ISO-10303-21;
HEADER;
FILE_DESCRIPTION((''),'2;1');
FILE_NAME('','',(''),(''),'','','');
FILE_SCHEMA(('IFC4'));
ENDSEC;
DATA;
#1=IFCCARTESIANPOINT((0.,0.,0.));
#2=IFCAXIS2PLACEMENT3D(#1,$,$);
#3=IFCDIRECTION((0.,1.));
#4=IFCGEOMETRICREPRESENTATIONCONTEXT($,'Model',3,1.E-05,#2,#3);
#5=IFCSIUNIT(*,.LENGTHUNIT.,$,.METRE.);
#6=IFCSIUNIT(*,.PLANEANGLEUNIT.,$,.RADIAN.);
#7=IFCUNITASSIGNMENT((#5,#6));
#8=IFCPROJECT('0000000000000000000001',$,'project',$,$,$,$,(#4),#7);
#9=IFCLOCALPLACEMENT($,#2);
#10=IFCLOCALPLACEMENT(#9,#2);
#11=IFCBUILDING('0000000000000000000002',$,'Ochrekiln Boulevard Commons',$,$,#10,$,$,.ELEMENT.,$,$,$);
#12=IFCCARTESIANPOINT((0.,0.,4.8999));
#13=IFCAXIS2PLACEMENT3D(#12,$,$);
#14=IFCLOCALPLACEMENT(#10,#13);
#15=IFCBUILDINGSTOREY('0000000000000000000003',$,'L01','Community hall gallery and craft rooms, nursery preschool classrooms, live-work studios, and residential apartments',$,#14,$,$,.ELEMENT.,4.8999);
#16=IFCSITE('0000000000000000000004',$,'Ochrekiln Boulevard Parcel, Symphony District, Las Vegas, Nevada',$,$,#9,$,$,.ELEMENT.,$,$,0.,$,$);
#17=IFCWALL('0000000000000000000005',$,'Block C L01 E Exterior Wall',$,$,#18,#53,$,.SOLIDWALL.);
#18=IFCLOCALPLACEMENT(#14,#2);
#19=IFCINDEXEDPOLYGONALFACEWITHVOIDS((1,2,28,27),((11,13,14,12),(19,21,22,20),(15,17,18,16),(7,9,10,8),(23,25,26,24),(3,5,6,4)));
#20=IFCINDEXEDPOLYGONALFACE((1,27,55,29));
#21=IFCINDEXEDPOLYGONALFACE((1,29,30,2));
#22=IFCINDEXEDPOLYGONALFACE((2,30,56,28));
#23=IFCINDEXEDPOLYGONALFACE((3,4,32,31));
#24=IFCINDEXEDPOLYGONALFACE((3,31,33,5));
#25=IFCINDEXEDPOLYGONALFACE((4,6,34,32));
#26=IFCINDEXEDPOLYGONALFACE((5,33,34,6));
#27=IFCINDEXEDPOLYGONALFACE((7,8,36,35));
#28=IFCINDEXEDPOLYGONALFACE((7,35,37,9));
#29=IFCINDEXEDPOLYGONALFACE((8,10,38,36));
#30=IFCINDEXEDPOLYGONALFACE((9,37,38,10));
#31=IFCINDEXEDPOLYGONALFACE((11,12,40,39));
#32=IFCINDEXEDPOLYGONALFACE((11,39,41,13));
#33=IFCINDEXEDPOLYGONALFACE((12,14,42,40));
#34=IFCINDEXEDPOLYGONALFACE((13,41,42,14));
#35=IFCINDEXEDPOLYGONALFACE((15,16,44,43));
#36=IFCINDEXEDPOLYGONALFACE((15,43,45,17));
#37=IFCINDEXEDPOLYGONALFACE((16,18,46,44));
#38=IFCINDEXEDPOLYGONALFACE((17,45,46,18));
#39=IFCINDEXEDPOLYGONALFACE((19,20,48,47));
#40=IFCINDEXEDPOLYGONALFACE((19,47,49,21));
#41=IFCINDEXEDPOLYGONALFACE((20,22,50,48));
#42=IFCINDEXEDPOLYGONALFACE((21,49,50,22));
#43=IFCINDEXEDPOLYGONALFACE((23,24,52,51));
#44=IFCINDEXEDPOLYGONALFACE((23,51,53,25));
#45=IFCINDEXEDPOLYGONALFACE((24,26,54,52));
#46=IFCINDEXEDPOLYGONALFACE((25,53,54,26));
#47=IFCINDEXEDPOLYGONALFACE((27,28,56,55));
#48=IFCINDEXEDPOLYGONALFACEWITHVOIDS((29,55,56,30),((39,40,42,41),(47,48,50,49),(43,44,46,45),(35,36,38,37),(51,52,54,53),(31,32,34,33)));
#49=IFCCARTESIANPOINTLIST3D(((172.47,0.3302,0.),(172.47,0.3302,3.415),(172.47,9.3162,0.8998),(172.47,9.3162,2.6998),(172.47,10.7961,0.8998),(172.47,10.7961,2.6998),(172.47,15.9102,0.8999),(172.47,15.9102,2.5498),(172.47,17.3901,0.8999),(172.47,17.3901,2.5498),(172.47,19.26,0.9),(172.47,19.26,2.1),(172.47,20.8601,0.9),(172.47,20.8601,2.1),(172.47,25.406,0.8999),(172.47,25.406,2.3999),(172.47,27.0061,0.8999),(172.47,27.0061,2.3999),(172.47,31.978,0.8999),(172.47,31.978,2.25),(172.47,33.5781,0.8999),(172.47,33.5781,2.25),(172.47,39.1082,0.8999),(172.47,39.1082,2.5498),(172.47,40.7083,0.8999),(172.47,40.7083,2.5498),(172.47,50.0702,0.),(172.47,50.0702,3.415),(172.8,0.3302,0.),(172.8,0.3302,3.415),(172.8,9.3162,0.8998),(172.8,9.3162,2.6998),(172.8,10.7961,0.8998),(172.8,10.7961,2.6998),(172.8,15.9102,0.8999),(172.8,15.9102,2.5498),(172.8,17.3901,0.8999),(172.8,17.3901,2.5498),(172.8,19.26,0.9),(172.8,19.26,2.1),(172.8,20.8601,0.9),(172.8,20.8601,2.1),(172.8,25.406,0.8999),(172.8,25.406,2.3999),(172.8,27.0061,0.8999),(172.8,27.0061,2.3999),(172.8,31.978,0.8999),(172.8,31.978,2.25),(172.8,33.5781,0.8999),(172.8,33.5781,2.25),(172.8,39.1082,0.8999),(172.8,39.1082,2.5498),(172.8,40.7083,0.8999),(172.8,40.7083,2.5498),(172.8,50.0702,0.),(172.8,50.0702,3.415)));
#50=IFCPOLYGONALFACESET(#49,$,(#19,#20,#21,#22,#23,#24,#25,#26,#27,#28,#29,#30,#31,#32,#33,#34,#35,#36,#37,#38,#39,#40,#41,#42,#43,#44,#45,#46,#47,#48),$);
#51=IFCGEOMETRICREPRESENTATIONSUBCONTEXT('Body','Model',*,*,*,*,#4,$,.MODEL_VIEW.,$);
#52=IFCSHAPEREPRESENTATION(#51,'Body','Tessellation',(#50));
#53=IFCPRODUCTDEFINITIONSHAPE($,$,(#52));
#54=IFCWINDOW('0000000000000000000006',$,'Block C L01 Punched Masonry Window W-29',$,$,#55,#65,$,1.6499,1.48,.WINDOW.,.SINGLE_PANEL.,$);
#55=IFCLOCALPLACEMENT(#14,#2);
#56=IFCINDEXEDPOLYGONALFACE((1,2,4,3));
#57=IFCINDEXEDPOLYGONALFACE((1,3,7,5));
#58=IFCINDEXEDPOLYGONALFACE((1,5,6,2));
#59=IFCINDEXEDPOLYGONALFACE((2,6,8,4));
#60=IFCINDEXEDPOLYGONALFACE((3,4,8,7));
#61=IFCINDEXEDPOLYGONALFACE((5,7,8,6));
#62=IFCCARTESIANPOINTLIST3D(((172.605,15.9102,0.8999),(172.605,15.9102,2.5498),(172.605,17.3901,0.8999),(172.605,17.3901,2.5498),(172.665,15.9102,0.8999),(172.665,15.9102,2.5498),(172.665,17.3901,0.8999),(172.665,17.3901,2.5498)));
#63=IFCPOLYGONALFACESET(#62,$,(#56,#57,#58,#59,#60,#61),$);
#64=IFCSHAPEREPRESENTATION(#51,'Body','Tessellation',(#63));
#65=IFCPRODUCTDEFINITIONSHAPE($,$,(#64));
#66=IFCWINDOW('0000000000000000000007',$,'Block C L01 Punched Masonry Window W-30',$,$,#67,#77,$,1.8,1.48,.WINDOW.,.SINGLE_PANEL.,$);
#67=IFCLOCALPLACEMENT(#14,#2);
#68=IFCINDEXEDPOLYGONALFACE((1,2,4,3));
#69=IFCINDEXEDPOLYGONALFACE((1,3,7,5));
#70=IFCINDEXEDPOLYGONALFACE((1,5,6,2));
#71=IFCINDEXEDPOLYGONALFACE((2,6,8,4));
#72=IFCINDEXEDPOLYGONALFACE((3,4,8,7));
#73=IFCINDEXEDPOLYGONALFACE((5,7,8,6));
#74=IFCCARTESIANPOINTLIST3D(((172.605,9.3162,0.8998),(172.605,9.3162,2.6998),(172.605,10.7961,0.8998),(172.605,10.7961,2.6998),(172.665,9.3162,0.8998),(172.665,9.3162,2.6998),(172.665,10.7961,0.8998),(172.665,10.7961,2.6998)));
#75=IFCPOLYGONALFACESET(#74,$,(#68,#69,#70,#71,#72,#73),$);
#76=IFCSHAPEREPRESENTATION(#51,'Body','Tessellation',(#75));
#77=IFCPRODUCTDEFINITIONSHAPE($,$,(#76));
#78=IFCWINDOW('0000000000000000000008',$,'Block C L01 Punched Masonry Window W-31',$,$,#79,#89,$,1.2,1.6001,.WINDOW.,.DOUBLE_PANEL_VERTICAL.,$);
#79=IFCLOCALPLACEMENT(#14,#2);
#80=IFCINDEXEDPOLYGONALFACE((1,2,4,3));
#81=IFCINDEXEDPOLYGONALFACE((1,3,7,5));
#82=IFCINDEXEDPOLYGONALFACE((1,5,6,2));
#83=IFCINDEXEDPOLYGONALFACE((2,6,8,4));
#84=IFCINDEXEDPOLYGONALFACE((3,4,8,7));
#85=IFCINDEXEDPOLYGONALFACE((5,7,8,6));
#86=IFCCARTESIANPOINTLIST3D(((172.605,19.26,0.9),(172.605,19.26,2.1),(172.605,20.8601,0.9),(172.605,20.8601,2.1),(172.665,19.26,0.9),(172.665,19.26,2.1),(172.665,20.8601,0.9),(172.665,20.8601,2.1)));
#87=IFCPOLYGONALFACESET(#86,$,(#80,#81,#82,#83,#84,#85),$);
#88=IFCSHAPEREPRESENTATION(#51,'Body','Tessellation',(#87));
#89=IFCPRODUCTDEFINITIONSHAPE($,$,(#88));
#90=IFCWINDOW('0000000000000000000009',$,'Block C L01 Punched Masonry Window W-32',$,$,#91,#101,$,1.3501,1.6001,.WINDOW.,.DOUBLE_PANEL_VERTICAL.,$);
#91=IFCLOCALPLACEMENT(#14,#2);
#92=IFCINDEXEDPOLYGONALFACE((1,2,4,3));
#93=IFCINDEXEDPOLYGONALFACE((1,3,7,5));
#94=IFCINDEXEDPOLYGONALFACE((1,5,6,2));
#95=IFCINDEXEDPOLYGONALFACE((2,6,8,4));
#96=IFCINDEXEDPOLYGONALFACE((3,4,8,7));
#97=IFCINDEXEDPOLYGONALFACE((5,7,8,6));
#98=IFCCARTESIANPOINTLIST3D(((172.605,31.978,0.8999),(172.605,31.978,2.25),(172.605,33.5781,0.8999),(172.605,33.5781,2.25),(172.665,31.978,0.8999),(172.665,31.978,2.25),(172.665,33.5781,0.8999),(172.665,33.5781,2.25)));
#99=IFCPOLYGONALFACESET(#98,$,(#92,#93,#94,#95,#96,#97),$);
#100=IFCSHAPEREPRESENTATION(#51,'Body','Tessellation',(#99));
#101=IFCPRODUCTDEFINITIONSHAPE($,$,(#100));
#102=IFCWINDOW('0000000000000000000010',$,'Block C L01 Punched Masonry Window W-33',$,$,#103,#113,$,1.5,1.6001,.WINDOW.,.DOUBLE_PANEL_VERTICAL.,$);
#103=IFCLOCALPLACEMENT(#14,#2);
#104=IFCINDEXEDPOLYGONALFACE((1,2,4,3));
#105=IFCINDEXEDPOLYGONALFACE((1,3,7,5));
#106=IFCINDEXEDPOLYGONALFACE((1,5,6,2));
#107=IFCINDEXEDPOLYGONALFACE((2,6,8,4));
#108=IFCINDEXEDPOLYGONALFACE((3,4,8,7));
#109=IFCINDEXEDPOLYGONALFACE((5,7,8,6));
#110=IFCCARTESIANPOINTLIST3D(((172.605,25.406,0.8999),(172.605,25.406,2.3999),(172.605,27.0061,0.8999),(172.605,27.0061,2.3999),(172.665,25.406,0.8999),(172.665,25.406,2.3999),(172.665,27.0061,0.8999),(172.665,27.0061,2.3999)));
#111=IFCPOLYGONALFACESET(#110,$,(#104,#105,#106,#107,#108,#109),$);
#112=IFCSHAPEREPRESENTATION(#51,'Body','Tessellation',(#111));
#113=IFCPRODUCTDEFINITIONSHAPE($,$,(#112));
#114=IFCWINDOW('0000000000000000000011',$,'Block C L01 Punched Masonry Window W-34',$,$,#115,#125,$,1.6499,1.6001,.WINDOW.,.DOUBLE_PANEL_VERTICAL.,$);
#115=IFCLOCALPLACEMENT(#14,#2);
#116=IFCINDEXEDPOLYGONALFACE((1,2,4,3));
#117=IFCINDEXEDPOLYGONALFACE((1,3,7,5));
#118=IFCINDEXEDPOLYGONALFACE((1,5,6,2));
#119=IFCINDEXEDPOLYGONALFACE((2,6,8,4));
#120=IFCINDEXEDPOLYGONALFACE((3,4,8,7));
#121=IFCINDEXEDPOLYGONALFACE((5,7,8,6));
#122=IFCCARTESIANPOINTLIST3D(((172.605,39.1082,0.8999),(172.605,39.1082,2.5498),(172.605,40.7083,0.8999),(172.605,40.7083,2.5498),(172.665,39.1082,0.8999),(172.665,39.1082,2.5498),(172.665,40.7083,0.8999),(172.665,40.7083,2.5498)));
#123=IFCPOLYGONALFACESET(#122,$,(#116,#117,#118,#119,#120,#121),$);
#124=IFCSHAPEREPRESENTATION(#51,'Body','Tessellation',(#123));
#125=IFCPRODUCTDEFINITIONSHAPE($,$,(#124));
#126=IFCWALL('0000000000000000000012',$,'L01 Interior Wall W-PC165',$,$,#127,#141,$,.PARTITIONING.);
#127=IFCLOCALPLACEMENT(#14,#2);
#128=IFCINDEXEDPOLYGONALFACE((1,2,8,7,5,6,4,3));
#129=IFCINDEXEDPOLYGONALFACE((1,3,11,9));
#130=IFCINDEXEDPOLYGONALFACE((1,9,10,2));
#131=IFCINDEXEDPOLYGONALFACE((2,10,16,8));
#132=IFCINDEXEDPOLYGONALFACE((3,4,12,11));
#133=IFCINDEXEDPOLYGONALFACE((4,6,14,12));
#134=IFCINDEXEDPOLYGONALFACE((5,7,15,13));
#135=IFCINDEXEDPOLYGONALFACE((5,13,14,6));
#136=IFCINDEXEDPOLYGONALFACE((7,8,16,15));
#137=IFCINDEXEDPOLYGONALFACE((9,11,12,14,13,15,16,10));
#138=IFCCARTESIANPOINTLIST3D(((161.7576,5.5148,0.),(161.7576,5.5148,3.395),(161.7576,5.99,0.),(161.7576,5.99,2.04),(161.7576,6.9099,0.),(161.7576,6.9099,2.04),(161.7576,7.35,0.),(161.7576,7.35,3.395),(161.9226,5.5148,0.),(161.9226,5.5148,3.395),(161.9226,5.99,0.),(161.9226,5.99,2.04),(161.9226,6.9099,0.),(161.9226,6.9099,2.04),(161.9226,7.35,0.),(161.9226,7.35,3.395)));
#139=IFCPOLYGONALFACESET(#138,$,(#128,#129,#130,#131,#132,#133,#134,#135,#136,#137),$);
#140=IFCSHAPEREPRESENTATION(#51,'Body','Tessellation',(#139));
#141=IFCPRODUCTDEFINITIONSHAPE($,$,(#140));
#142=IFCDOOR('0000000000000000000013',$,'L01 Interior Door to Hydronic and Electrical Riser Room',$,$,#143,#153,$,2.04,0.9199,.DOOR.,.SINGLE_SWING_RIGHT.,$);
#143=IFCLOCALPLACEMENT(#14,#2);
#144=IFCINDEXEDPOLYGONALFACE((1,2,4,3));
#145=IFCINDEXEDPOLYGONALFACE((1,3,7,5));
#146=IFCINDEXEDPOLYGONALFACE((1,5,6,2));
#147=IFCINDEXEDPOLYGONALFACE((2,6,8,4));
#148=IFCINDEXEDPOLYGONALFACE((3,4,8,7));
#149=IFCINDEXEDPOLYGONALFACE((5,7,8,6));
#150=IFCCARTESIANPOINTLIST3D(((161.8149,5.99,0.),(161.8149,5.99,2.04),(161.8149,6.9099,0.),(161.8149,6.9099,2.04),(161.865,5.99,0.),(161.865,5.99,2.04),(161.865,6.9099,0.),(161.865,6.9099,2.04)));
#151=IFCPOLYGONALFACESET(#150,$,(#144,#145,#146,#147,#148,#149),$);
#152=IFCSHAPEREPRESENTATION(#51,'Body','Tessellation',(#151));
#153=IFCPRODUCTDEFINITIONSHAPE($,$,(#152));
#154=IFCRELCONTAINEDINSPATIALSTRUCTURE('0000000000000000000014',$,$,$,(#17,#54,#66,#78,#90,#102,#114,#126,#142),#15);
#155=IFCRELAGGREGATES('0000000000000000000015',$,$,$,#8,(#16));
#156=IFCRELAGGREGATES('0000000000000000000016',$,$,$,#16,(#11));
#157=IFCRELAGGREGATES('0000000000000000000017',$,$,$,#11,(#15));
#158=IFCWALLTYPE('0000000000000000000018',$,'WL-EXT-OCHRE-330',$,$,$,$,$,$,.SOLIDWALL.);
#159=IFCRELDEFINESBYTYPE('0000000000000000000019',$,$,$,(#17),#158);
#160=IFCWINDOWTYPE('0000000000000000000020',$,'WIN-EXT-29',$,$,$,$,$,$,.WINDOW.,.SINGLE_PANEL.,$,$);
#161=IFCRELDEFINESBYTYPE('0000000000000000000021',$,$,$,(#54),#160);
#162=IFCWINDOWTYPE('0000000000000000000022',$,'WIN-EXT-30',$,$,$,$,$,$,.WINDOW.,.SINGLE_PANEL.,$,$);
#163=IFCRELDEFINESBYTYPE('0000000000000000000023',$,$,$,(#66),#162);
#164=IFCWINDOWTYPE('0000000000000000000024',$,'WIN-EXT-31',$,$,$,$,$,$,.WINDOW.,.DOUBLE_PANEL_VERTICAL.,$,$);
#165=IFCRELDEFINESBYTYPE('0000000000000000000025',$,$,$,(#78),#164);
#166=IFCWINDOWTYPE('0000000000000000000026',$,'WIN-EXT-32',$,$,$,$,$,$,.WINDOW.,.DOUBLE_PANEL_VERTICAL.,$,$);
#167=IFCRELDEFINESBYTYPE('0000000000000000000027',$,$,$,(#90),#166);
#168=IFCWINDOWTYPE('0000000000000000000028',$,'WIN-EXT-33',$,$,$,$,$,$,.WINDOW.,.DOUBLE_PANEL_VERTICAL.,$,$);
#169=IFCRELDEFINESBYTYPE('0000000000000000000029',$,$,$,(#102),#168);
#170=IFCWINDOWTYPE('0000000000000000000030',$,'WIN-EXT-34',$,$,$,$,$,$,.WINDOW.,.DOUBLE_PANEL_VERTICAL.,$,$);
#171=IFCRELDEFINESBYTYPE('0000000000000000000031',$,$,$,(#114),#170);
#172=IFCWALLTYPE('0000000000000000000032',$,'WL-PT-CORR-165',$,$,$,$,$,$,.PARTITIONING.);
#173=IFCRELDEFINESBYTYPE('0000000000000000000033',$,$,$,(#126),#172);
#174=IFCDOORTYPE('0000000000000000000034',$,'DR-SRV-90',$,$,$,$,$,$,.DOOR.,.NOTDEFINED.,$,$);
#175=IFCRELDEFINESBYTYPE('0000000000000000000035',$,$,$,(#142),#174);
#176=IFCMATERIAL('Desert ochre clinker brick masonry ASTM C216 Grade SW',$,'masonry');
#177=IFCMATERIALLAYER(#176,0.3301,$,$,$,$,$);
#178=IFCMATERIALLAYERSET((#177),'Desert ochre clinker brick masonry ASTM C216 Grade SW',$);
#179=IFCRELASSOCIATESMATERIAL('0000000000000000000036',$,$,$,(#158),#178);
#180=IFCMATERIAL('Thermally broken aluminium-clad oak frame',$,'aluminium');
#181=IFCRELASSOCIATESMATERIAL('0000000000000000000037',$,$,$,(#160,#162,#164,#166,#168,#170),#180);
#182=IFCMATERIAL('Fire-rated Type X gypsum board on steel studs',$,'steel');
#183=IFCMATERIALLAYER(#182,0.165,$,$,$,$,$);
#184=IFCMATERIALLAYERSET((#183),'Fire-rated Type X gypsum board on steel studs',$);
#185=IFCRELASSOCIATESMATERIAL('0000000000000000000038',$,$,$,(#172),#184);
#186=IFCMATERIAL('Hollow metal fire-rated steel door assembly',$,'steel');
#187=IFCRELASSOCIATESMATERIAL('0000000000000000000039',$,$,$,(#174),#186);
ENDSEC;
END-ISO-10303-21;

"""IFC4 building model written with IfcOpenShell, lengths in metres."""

from ifc_helpers import new_model, si_unit, direction, frame, frame_2d, origin, place, context, subcontext, project, spatial, rectangle, extrude, material, layer, layer_set, type_object, element, fill, save


model = new_model("IFC4")

# Units and contexts
model_context = context("Model", 3, precision=1e-05, world=origin(), true_north=direction((0.0, 1.0)))
body_context = subcontext(model_context, "Body", "Model", "MODEL_VIEW")
ifc_project = project(units=[si_unit("LENGTHUNIT", "METRE"), si_unit("PLANEANGLEUNIT", "RADIAN")], contexts=[model_context])

# Site, building, storey
site_placement = place(None, origin())
site = spatial("IfcSite", under=ifc_project, at=site_placement, Name="Ochrekiln Boulevard Parcel, Symphony District, Las Vegas, Nevada", CompositionType="ELEMENT", RefElevation=0.0)
building_placement = place(site_placement, origin())
building = spatial("IfcBuilding", under=site, at=building_placement, Name="Ochrekiln Boulevard Commons", CompositionType="ELEMENT")
storey_placement = place(building_placement, frame((0.0, 0.0, 4.8999)))
storey = spatial("IfcBuildingStorey", under=building, at=storey_placement, Name="L01", Description="Community hall gallery and craft rooms, nursery preschool classrooms, live-work studios, and residential apartments", CompositionType="ELEMENT", Elevation=4.8999)

# Wall, openings, windows
ifc_material_1 = material(Name="Desert ochre clinker brick masonry ASTM C216 Grade SW", Category="masonry")
ifc_layer_1 = layer(ifc_material_1, 0.3301)
ifc_layer_set_1 = layer_set([ifc_layer_1], Name="Desert ochre clinker brick masonry ASTM C216 Grade SW")
wall_type_1 = type_object("IfcWallType", Name="WL-EXT-OCHRE-330", PredefinedType="SOLIDWALL", material=ifc_layer_set_1)
wall_1_placement = place(storey_placement, frame((172.635, 0.3301, 0.0), z_axis=(0.0, 0.0, 1.0), x_axis=(0.0, 1.0, 0.0)))
wall_1 = element("IfcWall", 1, at=wall_1_placement, inside=storey, type_object=wall_type_1, Name="Block C L01 E Exterior Wall", PredefinedType="SOLIDWALL", context=body_context, shape_type="SweptSolid", body=[
    extrude(rectangle(XDim=49.74, YDim=0.3301, at=frame_2d((24.8701, 0.0))), origin(), (0.0, 0.0, 1.0), 3.415),
])
opening_1_placement = place(wall_1_placement, frame((15.5801, 0.0, 0.8999)))
opening_1 = element("IfcOpeningElement", 2, at=opening_1_placement, cuts=wall_1, PredefinedType="OPENING", context=body_context, shape_type="SweptSolid", body=[
    extrude(rectangle(XDim=1.48, YDim=1.6499, at=frame_2d((0.74, 0.825))), frame((0.0, 0.175, 0.0), z_axis=(0.0, -1.0, 0.0), x_axis=(1.0, 0.0, 0.0)), (0.0, 0.0, 1.0), 0.3501),
])
opening_2_placement = place(wall_1_placement, frame((8.9861, 0.0, 0.8999)))
opening_2 = element("IfcOpeningElement", 3, at=opening_2_placement, cuts=wall_1, PredefinedType="OPENING", context=body_context, shape_type="SweptSolid", body=[
    extrude(rectangle(XDim=1.48, YDim=1.8, at=frame_2d((0.74, 0.8999))), frame((0.0, 0.175, 0.0), z_axis=(0.0, -1.0, 0.0), x_axis=(1.0, 0.0, 0.0)), (0.0, 0.0, 1.0), 0.3501),
])
opening_3_placement = place(wall_1_placement, frame((18.9299, 0.0, 0.8999)))
opening_3 = element("IfcOpeningElement", 4, at=opening_3_placement, cuts=wall_1, PredefinedType="OPENING", context=body_context, shape_type="SweptSolid", body=[
    extrude(rectangle(XDim=1.6001, YDim=1.2, at=frame_2d((0.8, 0.6001))), frame((0.0, 0.175, 0.0), z_axis=(0.0, -1.0, 0.0), x_axis=(1.0, 0.0, 0.0)), (0.0, 0.0, 1.0), 0.3501),
])
opening_4_placement = place(wall_1_placement, frame((31.6479, 0.0, 0.8999)))
opening_4 = element("IfcOpeningElement", 5, at=opening_4_placement, cuts=wall_1, PredefinedType="OPENING", context=body_context, shape_type="SweptSolid", body=[
    extrude(rectangle(XDim=1.6001, YDim=1.3501, at=frame_2d((0.8, 0.675))), frame((0.0, 0.175, 0.0), z_axis=(0.0, -1.0, 0.0), x_axis=(1.0, 0.0, 0.0)), (0.0, 0.0, 1.0), 0.3501),
])
opening_5_placement = place(wall_1_placement, frame((25.0759, 0.0, 0.8999)))
opening_5 = element("IfcOpeningElement", 6, at=opening_5_placement, cuts=wall_1, PredefinedType="OPENING", context=body_context, shape_type="SweptSolid", body=[
    extrude(rectangle(XDim=1.6001, YDim=1.5, at=frame_2d((0.8, 0.75))), frame((0.0, 0.175, 0.0), z_axis=(0.0, -1.0, 0.0), x_axis=(1.0, 0.0, 0.0)), (0.0, 0.0, 1.0), 0.3501),
])
opening_6_placement = place(wall_1_placement, frame((38.7781, 0.0, 0.8999)))
opening_6 = element("IfcOpeningElement", 7, at=opening_6_placement, cuts=wall_1, PredefinedType="OPENING", context=body_context, shape_type="SweptSolid", body=[
    extrude(rectangle(XDim=1.6001, YDim=1.6499, at=frame_2d((0.8, 0.825))), frame((0.0, 0.175, 0.0), z_axis=(0.0, -1.0, 0.0), x_axis=(1.0, 0.0, 0.0)), (0.0, 0.0, 1.0), 0.3501),
])
ifc_material_2 = material(Name="Thermally broken aluminium-clad oak frame", Category="aluminium")
window_type_1 = type_object("IfcWindowType", Name="WIN-EXT-29", PartitioningType="SINGLE_PANEL", PredefinedType="WINDOW", material=ifc_material_2)
window_1_placement = place(opening_1_placement, origin())
window_1 = element("IfcWindow", 8, at=window_1_placement, inside=storey, type_object=window_type_1, Name="Block C L01 Punched Masonry Window W-29", OverallHeight=1.6499, OverallWidth=1.48, PartitioningType="SINGLE_PANEL", PredefinedType="WINDOW", context=body_context, shape_type="SweptSolid", body=[
    extrude(rectangle(XDim=1.48, YDim=1.6499, at=frame_2d((0.74, 0.825))), frame((0.0, 0.03, 0.0), z_axis=(0.0, -1.0, 0.0), x_axis=(1.0, 0.0, 0.0)), (0.0, 0.0, 1.0), 0.0601),
])
fill(opening_1, window_1)
window_type_2 = type_object("IfcWindowType", Name="WIN-EXT-30", PartitioningType="SINGLE_PANEL", PredefinedType="WINDOW", material=ifc_material_2)
window_2_placement = place(opening_2_placement, origin())
window_2 = element("IfcWindow", 9, at=window_2_placement, inside=storey, type_object=window_type_2, Name="Block C L01 Punched Masonry Window W-30", OverallHeight=1.8, OverallWidth=1.48, PartitioningType="SINGLE_PANEL", PredefinedType="WINDOW", context=body_context, shape_type="SweptSolid", body=[
    extrude(rectangle(XDim=1.48, YDim=1.8, at=frame_2d((0.74, 0.8999))), frame((0.0, 0.03, 0.0), z_axis=(0.0, -1.0, 0.0), x_axis=(1.0, 0.0, 0.0)), (0.0, 0.0, 1.0), 0.0601),
])
fill(opening_2, window_2)
window_type_3 = type_object("IfcWindowType", Name="WIN-EXT-31", PartitioningType="DOUBLE_PANEL_VERTICAL", PredefinedType="WINDOW", material=ifc_material_2)
window_3_placement = place(opening_3_placement, origin())
window_3 = element("IfcWindow", 10, at=window_3_placement, inside=storey, type_object=window_type_3, Name="Block C L01 Punched Masonry Window W-31", OverallHeight=1.2, OverallWidth=1.6001, PartitioningType="DOUBLE_PANEL_VERTICAL", PredefinedType="WINDOW", context=body_context, shape_type="SweptSolid", body=[
    extrude(rectangle(XDim=1.6001, YDim=1.2, at=frame_2d((0.8, 0.6001))), frame((0.0, 0.03, 0.0), z_axis=(0.0, -1.0, 0.0), x_axis=(1.0, 0.0, 0.0)), (0.0, 0.0, 1.0), 0.0601),
])
fill(opening_3, window_3)
window_type_4 = type_object("IfcWindowType", Name="WIN-EXT-32", PartitioningType="DOUBLE_PANEL_VERTICAL", PredefinedType="WINDOW", material=ifc_material_2)
window_4_placement = place(opening_4_placement, origin())
window_4 = element("IfcWindow", 11, at=window_4_placement, inside=storey, type_object=window_type_4, Name="Block C L01 Punched Masonry Window W-32", OverallHeight=1.3501, OverallWidth=1.6001, PartitioningType="DOUBLE_PANEL_VERTICAL", PredefinedType="WINDOW", context=body_context, shape_type="SweptSolid", body=[
    extrude(rectangle(XDim=1.6001, YDim=1.3501, at=frame_2d((0.8, 0.675))), frame((0.0, 0.03, 0.0), z_axis=(0.0, -1.0, 0.0), x_axis=(1.0, 0.0, 0.0)), (0.0, 0.0, 1.0), 0.0601),
])
fill(opening_4, window_4)
window_type_5 = type_object("IfcWindowType", Name="WIN-EXT-33", PartitioningType="DOUBLE_PANEL_VERTICAL", PredefinedType="WINDOW", material=ifc_material_2)
window_5_placement = place(opening_5_placement, origin())
window_5 = element("IfcWindow", 12, at=window_5_placement, inside=storey, type_object=window_type_5, Name="Block C L01 Punched Masonry Window W-33", OverallHeight=1.5, OverallWidth=1.6001, PartitioningType="DOUBLE_PANEL_VERTICAL", PredefinedType="WINDOW", context=body_context, shape_type="SweptSolid", body=[
    extrude(rectangle(XDim=1.6001, YDim=1.5, at=frame_2d((0.8, 0.75))), frame((0.0, 0.03, 0.0), z_axis=(0.0, -1.0, 0.0), x_axis=(1.0, 0.0, 0.0)), (0.0, 0.0, 1.0), 0.0601),
])
fill(opening_5, window_5)
window_type_6 = type_object("IfcWindowType", Name="WIN-EXT-34", PartitioningType="DOUBLE_PANEL_VERTICAL", PredefinedType="WINDOW", material=ifc_material_2)
window_6_placement = place(opening_6_placement, origin())
window_6 = element("IfcWindow", 13, at=window_6_placement, inside=storey, type_object=window_type_6, Name="Block C L01 Punched Masonry Window W-34", OverallHeight=1.6499, OverallWidth=1.6001, PartitioningType="DOUBLE_PANEL_VERTICAL", PredefinedType="WINDOW", context=body_context, shape_type="SweptSolid", body=[
    extrude(rectangle(XDim=1.6001, YDim=1.6499, at=frame_2d((0.8, 0.825))), frame((0.0, 0.03, 0.0), z_axis=(0.0, -1.0, 0.0), x_axis=(1.0, 0.0, 0.0)), (0.0, 0.0, 1.0), 0.0601),
])
fill(opening_6, window_6)

# Wall, opening, door
ifc_material_3 = material(Name="Fire-rated Type X gypsum board on steel studs", Category="steel")
ifc_layer_2 = layer(ifc_material_3, 0.165)
ifc_layer_set_2 = layer_set([ifc_layer_2], Name="Fire-rated Type X gypsum board on steel studs")
wall_type_2 = type_object("IfcWallType", Name="WL-PT-CORR-165", PredefinedType="PARTITIONING", material=ifc_layer_set_2)
wall_2_placement = place(storey_placement, frame((161.8401, 5.5149, 0.0), z_axis=(0.0, 0.0, 1.0), x_axis=(0.0, 1.0, 0.0)))
wall_2 = element("IfcWall", 14, at=wall_2_placement, inside=storey, type_object=wall_type_2, Name="L01 Interior Wall W-PC165", PredefinedType="PARTITIONING", context=body_context, shape_type="SweptSolid", body=[
    extrude(rectangle(XDim=1.8352, YDim=0.165, at=frame_2d((0.9175, 0.0))), origin(), (0.0, 0.0, 1.0), 3.395),
])
opening_7_placement = place(wall_2_placement, frame((0.4751, 0.0, 0.0)))
opening_7 = element("IfcOpeningElement", 15, at=opening_7_placement, cuts=wall_2, PredefinedType="OPENING", context=body_context, shape_type="SweptSolid", body=[
    extrude(rectangle(XDim=0.9199, YDim=2.04, at=frame_2d((0.46, 1.02))), frame((0.0, 0.0925, 0.0), z_axis=(0.0, -1.0, 0.0), x_axis=(1.0, 0.0, 0.0)), (0.0, 0.0, 1.0), 0.1851),
])
ifc_material_4 = material(Name="Hollow metal fire-rated steel door assembly", Category="steel")
door_type_1 = type_object("IfcDoorType", Name="DR-SRV-90", OperationType="NOTDEFINED", PredefinedType="DOOR", material=ifc_material_4)
door_1_placement = place(opening_7_placement, frame((0.9199, 0.0, 0.0), z_axis=(0.0, 0.0, 1.0), x_axis=(-1.0, 0.0, 0.0)))
door_1 = element("IfcDoor", 16, at=door_1_placement, inside=storey, type_object=door_type_1, Name="L01 Interior Door to Hydronic and Electrical Riser Room", OperationType="SINGLE_SWING_RIGHT", OverallHeight=2.04, OverallWidth=0.9199, PredefinedType="DOOR", context=body_context, shape_type="SweptSolid", body=[
    extrude(rectangle(XDim=0.9199, YDim=2.04, at=frame_2d((0.46, 1.02))), frame((0.0, 0.0249, 0.0), z_axis=(0.0, -1.0, 0.0), x_axis=(1.0, 0.0, 0.0)), (0.0, 0.0, 1.0), 0.05),
])
fill(opening_7, door_1)

save(model, "model.ifc")
